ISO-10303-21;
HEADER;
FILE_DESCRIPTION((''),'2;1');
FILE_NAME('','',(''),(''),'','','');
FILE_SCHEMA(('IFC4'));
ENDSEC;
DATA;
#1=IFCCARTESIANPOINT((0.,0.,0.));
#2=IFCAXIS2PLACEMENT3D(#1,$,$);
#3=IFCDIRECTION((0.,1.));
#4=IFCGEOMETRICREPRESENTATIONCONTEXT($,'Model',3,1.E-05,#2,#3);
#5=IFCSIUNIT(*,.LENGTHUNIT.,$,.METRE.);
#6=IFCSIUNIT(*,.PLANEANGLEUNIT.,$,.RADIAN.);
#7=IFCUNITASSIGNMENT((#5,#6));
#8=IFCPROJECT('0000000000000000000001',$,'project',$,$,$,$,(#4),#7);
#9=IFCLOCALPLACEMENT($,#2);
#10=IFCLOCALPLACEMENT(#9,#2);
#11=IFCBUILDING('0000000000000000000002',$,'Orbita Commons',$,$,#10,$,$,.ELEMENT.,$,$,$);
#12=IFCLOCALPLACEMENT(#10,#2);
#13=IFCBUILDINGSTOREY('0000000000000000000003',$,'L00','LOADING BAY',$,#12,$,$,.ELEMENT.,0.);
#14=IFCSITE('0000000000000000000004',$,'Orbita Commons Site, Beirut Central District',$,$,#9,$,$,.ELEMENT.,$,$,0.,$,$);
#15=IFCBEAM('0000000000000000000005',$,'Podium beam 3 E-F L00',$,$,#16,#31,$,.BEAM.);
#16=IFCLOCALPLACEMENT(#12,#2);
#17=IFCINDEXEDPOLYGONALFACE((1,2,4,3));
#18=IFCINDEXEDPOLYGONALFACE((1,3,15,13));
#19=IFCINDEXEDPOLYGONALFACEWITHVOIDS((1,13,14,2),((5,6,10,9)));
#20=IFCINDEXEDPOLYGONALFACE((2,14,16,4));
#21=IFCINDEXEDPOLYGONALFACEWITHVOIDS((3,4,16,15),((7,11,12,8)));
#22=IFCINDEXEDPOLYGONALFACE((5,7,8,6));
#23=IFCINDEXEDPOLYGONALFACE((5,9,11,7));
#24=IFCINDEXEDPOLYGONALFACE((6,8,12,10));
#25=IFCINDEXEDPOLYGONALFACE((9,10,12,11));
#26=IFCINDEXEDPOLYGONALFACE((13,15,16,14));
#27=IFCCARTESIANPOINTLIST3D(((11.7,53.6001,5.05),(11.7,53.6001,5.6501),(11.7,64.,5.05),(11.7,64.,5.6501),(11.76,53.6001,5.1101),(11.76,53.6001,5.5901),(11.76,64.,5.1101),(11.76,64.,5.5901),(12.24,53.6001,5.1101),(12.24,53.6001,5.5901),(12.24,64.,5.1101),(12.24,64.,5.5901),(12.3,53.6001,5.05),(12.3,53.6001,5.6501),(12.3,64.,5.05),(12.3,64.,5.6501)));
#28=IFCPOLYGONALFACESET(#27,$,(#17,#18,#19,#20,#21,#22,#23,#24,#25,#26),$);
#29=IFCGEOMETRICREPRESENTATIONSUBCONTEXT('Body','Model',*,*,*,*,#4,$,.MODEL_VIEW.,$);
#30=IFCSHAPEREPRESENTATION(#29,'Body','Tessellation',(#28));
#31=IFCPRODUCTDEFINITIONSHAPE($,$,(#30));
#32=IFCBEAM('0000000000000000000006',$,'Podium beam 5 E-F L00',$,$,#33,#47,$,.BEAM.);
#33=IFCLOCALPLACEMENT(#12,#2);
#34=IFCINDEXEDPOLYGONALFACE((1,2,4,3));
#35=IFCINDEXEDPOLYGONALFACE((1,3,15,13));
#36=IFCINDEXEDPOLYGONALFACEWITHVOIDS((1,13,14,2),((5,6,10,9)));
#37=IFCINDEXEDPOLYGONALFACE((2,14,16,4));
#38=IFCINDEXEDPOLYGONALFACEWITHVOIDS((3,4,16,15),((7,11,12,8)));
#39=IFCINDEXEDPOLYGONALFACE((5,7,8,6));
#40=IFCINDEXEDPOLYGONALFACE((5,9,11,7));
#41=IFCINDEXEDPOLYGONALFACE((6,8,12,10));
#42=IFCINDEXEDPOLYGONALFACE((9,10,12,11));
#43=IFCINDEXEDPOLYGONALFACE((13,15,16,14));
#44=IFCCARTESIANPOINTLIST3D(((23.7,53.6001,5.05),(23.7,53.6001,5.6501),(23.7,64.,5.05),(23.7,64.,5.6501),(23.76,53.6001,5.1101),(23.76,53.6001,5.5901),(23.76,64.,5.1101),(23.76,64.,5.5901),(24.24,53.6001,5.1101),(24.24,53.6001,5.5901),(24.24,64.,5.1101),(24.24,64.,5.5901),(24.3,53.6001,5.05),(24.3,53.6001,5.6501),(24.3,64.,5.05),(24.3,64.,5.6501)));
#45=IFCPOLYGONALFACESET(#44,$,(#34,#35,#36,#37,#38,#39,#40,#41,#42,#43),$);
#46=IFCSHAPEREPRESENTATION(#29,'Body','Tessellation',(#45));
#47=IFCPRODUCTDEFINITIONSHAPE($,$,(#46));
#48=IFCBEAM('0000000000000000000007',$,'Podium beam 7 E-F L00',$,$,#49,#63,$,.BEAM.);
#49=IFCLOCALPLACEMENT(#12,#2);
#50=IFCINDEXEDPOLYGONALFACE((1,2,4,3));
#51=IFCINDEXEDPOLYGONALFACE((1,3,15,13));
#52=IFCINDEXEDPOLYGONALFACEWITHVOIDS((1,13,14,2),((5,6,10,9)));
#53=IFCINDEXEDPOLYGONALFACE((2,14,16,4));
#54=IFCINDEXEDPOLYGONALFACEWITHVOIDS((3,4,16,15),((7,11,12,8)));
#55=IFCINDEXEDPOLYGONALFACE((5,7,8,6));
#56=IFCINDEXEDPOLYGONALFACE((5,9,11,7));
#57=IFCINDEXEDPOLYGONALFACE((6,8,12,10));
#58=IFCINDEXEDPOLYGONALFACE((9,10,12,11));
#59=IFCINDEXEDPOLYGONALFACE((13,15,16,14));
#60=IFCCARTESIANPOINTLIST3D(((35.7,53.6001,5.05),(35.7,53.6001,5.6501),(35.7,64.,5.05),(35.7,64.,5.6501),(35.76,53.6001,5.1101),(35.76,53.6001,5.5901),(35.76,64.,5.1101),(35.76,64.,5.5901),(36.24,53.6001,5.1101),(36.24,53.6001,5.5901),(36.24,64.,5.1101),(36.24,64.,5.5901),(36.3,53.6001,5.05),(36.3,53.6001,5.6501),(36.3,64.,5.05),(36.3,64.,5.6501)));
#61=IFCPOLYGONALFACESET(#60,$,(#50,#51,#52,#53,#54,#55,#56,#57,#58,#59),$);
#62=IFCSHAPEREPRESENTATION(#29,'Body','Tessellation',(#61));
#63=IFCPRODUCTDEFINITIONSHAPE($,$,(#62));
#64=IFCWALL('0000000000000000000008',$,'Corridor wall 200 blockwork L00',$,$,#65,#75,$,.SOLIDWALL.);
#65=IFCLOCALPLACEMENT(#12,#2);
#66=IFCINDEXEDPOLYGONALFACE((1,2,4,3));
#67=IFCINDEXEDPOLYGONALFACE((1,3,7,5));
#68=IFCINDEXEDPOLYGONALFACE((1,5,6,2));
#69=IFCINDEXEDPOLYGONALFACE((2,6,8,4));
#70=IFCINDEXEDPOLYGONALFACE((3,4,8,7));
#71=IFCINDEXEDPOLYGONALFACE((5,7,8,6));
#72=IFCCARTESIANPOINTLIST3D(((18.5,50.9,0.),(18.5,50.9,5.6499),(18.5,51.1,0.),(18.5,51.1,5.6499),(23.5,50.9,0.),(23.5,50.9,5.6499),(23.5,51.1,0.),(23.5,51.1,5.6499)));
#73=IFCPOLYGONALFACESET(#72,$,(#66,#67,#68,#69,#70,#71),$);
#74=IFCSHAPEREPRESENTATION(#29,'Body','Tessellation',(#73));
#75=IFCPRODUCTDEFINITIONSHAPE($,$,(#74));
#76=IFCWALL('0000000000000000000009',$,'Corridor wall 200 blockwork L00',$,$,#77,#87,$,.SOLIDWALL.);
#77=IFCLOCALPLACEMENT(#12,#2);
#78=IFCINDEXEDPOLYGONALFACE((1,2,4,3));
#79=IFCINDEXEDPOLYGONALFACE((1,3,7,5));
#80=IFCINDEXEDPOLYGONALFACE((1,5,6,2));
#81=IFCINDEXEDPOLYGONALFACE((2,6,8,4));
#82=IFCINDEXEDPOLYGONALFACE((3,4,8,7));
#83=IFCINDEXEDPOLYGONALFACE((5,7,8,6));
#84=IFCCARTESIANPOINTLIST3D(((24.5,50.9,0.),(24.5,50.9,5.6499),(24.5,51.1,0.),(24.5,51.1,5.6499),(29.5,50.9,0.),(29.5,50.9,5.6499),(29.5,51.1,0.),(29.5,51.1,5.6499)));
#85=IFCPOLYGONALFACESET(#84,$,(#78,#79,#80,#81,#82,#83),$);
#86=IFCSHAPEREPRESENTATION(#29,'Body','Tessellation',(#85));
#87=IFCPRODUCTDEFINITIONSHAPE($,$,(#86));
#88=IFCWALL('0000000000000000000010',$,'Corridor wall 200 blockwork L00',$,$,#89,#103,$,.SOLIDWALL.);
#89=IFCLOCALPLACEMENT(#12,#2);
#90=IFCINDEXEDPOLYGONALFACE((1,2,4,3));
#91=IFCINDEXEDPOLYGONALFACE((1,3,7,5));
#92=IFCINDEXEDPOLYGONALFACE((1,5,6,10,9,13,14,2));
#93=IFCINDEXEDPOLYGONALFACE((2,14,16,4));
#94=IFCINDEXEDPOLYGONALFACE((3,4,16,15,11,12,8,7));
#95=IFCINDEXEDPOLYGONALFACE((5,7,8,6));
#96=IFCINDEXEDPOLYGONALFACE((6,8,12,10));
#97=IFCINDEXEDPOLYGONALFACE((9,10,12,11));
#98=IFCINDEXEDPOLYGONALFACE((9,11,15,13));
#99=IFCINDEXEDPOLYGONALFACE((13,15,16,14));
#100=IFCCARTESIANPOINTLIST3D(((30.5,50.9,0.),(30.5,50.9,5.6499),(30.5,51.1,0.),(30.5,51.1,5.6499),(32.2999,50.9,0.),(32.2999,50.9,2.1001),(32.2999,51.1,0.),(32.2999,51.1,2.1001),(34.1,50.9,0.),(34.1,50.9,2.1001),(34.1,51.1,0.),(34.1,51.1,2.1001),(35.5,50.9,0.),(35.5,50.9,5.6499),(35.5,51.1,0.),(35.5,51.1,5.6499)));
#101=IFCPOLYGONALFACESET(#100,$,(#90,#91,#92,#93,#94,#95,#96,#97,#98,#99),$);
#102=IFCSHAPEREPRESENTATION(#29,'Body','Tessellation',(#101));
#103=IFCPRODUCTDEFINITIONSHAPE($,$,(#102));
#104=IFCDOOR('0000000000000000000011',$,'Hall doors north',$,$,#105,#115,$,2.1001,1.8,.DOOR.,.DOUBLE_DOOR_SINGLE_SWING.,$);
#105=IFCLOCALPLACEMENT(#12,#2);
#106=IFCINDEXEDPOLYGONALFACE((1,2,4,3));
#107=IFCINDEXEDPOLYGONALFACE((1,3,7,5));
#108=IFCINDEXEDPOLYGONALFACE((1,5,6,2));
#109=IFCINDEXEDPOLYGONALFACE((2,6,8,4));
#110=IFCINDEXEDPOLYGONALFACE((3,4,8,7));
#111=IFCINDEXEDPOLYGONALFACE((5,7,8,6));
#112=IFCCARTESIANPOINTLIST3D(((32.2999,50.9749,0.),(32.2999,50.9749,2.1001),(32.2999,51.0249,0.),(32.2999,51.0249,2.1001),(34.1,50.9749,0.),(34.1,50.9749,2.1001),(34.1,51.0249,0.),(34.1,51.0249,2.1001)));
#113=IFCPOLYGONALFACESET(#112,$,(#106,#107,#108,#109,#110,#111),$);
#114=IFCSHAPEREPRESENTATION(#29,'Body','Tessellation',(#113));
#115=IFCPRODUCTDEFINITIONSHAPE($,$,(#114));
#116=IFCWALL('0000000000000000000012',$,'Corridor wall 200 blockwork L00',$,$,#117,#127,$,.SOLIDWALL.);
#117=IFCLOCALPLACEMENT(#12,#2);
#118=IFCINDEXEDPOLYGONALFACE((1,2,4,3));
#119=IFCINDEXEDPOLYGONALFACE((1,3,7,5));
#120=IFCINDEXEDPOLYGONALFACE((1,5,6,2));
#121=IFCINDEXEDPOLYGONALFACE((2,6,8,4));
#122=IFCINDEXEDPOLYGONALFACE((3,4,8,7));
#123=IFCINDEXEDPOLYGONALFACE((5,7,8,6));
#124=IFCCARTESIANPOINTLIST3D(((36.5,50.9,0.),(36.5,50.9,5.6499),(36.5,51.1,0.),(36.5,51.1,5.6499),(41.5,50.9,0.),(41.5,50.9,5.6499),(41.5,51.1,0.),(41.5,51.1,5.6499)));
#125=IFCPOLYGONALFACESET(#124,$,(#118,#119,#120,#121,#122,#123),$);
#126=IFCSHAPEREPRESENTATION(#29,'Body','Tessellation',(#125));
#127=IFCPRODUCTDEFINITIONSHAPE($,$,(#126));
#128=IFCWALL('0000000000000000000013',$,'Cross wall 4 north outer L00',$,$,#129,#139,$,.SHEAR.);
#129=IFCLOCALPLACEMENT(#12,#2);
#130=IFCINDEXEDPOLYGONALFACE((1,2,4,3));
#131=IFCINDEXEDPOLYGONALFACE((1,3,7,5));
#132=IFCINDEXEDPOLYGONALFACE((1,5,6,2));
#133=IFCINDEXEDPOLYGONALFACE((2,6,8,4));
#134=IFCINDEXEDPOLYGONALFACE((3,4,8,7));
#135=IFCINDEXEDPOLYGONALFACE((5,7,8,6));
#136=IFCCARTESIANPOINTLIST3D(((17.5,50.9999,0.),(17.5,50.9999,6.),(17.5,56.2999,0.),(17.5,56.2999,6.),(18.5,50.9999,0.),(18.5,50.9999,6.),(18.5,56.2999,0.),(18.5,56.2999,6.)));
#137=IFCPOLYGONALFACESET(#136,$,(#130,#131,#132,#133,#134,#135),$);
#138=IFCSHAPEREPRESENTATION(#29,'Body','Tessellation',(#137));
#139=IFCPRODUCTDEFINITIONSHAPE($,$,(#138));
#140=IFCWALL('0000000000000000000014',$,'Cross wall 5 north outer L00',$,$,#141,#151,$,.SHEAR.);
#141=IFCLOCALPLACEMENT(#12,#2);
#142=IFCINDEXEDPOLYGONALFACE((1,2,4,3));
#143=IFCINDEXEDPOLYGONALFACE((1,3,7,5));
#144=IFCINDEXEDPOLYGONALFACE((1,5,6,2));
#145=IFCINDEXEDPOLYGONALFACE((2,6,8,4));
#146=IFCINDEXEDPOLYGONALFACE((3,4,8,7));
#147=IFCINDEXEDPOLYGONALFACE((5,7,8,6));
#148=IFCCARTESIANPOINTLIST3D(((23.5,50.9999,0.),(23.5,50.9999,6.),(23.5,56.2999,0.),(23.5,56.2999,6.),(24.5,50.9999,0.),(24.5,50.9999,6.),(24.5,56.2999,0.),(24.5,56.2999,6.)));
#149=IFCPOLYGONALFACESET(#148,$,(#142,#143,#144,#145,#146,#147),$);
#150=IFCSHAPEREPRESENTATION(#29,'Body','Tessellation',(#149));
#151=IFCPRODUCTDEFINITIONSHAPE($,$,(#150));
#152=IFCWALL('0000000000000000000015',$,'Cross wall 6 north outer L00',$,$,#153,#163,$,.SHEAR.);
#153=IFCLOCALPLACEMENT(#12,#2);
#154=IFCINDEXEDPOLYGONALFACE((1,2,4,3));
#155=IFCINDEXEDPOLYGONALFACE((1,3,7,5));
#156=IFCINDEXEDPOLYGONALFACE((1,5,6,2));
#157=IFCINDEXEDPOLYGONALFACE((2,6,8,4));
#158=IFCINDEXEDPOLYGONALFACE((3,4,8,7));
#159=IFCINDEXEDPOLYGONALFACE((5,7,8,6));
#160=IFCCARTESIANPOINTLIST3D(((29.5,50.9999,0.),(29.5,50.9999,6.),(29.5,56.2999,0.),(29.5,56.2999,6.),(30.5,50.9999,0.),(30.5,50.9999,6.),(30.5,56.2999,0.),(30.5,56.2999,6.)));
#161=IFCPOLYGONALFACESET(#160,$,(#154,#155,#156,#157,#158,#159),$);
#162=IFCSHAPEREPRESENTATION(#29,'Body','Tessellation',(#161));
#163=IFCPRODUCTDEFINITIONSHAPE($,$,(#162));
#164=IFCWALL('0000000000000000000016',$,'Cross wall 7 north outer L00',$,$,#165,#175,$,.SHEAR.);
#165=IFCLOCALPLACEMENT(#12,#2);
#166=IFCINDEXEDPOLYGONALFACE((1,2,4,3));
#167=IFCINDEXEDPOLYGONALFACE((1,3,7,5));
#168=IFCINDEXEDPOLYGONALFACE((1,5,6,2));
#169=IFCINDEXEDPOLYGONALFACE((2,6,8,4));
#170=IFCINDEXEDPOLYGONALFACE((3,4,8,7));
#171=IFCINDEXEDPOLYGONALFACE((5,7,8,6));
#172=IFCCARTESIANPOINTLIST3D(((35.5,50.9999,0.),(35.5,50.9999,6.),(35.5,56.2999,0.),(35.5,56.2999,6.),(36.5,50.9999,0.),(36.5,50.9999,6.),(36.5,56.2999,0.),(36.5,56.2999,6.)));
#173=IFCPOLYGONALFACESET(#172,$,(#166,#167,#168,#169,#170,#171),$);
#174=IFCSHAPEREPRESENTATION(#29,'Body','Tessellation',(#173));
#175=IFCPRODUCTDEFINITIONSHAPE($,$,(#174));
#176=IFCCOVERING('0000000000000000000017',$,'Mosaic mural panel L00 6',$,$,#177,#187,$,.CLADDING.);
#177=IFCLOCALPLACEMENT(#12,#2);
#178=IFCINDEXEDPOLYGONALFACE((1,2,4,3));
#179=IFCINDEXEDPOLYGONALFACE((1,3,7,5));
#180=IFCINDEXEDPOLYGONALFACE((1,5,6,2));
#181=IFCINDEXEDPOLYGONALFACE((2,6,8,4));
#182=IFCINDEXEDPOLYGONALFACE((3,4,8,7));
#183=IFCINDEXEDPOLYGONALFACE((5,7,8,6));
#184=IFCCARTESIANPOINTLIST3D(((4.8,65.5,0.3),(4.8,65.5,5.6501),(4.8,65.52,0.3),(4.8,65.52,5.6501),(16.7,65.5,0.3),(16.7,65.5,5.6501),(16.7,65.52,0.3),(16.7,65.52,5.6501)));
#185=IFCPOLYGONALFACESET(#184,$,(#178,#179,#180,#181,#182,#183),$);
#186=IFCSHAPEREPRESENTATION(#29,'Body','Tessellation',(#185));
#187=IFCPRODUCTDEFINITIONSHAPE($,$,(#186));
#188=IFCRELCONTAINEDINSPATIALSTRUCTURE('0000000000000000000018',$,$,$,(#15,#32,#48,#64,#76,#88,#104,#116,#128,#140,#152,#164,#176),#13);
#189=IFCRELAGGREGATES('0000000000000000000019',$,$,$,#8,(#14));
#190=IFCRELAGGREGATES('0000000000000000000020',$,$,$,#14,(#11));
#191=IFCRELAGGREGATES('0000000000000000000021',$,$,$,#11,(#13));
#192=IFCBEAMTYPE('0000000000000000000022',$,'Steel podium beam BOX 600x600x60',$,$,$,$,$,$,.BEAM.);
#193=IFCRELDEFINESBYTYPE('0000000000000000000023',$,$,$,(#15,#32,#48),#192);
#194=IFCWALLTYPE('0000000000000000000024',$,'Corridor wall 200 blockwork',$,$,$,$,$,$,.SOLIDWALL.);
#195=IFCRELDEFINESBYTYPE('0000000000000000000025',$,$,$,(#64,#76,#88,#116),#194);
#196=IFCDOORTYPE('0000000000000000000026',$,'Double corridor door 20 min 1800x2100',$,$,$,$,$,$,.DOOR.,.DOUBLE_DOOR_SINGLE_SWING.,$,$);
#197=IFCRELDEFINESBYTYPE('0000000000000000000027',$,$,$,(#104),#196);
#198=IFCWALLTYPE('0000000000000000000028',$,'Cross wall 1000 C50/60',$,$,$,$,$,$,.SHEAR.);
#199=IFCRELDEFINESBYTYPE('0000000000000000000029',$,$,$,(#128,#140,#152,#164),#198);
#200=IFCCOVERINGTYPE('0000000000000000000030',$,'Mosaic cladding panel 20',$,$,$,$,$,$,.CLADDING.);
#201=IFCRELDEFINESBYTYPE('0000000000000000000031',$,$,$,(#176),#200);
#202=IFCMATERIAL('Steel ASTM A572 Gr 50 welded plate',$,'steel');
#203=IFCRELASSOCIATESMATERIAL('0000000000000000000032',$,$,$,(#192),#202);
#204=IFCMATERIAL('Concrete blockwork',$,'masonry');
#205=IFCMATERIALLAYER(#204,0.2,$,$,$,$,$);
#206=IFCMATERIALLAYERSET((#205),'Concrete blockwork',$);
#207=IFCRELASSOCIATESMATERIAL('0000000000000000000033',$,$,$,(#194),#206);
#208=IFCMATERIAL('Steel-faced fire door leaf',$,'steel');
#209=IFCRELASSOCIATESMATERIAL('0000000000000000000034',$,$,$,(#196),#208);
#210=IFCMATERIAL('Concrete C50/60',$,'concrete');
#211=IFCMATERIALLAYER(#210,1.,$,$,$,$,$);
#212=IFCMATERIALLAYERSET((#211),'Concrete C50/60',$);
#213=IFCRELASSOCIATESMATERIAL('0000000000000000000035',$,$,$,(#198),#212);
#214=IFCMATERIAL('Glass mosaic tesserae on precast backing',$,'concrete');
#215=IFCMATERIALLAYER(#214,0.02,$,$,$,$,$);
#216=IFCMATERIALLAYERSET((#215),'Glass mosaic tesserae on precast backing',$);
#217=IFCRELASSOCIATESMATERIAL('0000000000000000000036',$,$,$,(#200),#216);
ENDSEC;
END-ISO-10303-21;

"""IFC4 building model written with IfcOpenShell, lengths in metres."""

from ifc_helpers import new_model, si_unit, direction, frame, frame_2d, origin, origin_2d, place, context, subcontext, project, spatial, rectangle, hollow_rectangle, extrude, material, layer, layer_set, material_profile, profile_set, type_object, element, fill, save


model = new_model("IFC4")

# Units and contexts
model_context = context("Model", 3, precision=1e-05, world=origin(), true_north=direction((0.0, 1.0)))
body_context = subcontext(model_context, "Body", "Model", "MODEL_VIEW")
ifc_project = project(units=[si_unit("LENGTHUNIT", "METRE"), si_unit("PLANEANGLEUNIT", "RADIAN")], contexts=[model_context])

# Site, building, storey
site_placement = place(None, origin())
site = spatial("IfcSite", under=ifc_project, at=site_placement, Name="Orbita Commons Site, Beirut Central District", CompositionType="ELEMENT", RefElevation=0.0)
building_placement = place(site_placement, origin())
building = spatial("IfcBuilding", under=site, at=building_placement, Name="Orbita Commons", CompositionType="ELEMENT")
storey_placement = place(building_placement, origin())
storey = spatial("IfcBuildingStorey", under=building, at=storey_placement, Name="L00", Description="LOADING BAY", CompositionType="ELEMENT", Elevation=0.0)

# Beams
ifc_material_1 = material(Name="Steel ASTM A572 Gr 50 welded plate", Category="steel")
ifc_material_profile_1 = material_profile(ifc_material_1, hollow_rectangle(XDim=0.6001, YDim=0.6001, WallThickness=0.0601, at=origin_2d()), Name="BOX 600x600x60")
ifc_profile_set_1 = profile_set([ifc_material_profile_1], Name="Steel ASTM A572 Gr 50 welded plate")
beam_type_1 = type_object("IfcBeamType", Name="Steel podium beam BOX 600x600x60", PredefinedType="BEAM", material=ifc_profile_set_1)
for number, where, z_axis, x_axis, name in (
    (1, (12.0, 53.6001, 5.3501), (0.0, 1.0, 0.0), (-1.0, 0.0, 0.0), "Podium beam 3 E-F L00"),
    (2, (24.0, 53.6001, 5.3501), (0.0, 1.0, 0.0), (-1.0, 0.0, 0.0), "Podium beam 5 E-F L00"),
    (3, (36.0, 53.6001, 5.3501), (0.0, 1.0, 0.0), (-1.0, 0.0, 0.0), "Podium beam 7 E-F L00"),
):
    element("IfcBeam", number, at=place(storey_placement, frame(where, z_axis=z_axis, x_axis=x_axis)), inside=storey, type_object=beam_type_1, Name=name, PredefinedType="BEAM", context=body_context, shape_type="SweptSolid", body=[
        extrude(hollow_rectangle(XDim=0.6001, YDim=0.6001, WallThickness=0.0601, at=origin_2d()), origin(), (0.0, 0.0, 1.0), 10.3999),
    ])

# Walls
ifc_material_2 = material(Name="Concrete blockwork", Category="masonry")
ifc_layer_1 = layer(ifc_material_2, 0.2)
ifc_layer_set_1 = layer_set([ifc_layer_1], Name="Concrete blockwork")
wall_type_1 = type_object("IfcWallType", Name="Corridor wall 200 blockwork", PredefinedType="SOLIDWALL", material=ifc_layer_set_1)
for number, where, z_axis, x_axis, name in (
    (4, (18.5, 51.0, 0.0), (0.0, 0.0, 1.0), (1.0, 0.0, 0.0), "Corridor wall 200 blockwork L00"),
    (5, (24.5, 51.0, 0.0), (0.0, 0.0, 1.0), (1.0, 0.0, 0.0), "Corridor wall 200 blockwork L00"),
):
    element("IfcWall", number, at=place(storey_placement, frame(where, z_axis=z_axis, x_axis=x_axis)), inside=storey, type_object=wall_type_1, Name=name, PredefinedType="SOLIDWALL", context=body_context, shape_type="SweptSolid", body=[
        extrude(rectangle(XDim=5.0, YDim=0.2, at=frame_2d((2.5, 0.0))), origin(), (0.0, 0.0, 1.0), 5.6499),
    ])

# Wall, opening, door
wall_1_placement = place(storey_placement, frame((30.5, 51.0, 0.0), z_axis=(0.0, 0.0, 1.0), x_axis=(1.0, 0.0, 0.0)))
wall_1 = element("IfcWall", 6, at=wall_1_placement, inside=storey, type_object=wall_type_1, Name="Corridor wall 200 blockwork L00", PredefinedType="SOLIDWALL", context=body_context, shape_type="SweptSolid", body=[
    extrude(rectangle(XDim=5.0, YDim=0.2, at=frame_2d((2.5, 0.0))), origin(), (0.0, 0.0, 1.0), 5.6499),
])
opening_placement = place(wall_1_placement, frame((1.8, 0.0, 0.0)))
opening = element("IfcOpeningElement", 7, at=opening_placement, cuts=wall_1, PredefinedType="OPENING", context=body_context, shape_type="SweptSolid", body=[
    extrude(rectangle(XDim=1.8, YDim=2.1001, at=frame_2d((0.8999, 1.05))), frame((0.0, 0.1099, 0.0), z_axis=(0.0, -1.0, 0.0), x_axis=(1.0, 0.0, 0.0)), (0.0, 0.0, 1.0), 0.22),
])
ifc_material_3 = material(Name="Steel-faced fire door leaf", Category="steel")
door_type = type_object("IfcDoorType", Name="Double corridor door 20 min 1800x2100", OperationType="DOUBLE_DOOR_SINGLE_SWING", PredefinedType="DOOR", material=ifc_material_3)
door_placement = place(opening_placement, origin())
door = element("IfcDoor", 8, at=door_placement, inside=storey, type_object=door_type, Name="Hall doors north", OperationType="DOUBLE_DOOR_SINGLE_SWING", OverallHeight=2.1001, OverallWidth=1.8, PredefinedType="DOOR", context=body_context, shape_type="SweptSolid", body=[
    extrude(rectangle(XDim=1.8, YDim=2.1001, at=frame_2d((0.8999, 1.05))), frame((0.0, 0.0249, 0.0), z_axis=(0.0, -1.0, 0.0), x_axis=(1.0, 0.0, 0.0)), (0.0, 0.0, 1.0), 0.05),
])
fill(opening, door)

# Walls
wall_2_placement = place(storey_placement, frame((36.5, 51.0, 0.0), z_axis=(0.0, 0.0, 1.0), x_axis=(1.0, 0.0, 0.0)))
element("IfcWall", 9, at=wall_2_placement, inside=storey, type_object=wall_type_1, Name="Corridor wall 200 blockwork L00", PredefinedType="SOLIDWALL", context=body_context, shape_type="SweptSolid", body=[
    extrude(rectangle(XDim=5.0, YDim=0.2, at=frame_2d((2.5, 0.0))), origin(), (0.0, 0.0, 1.0), 5.6499),
])
ifc_material_4 = material(Name="Concrete C50/60", Category="concrete")
ifc_layer_2 = layer(ifc_material_4, 1.0)
ifc_layer_set_2 = layer_set([ifc_layer_2], Name="Concrete C50/60")
wall_type_2 = type_object("IfcWallType", Name="Cross wall 1000 C50/60", PredefinedType="SHEAR", material=ifc_layer_set_2)
for number, where, z_axis, x_axis, name in (
    (10, (18.0, 51.0, 0.0), (0.0, 0.0, 1.0), (0.0, 1.0, 0.0), "Cross wall 4 north outer L00"),
    (11, (24.0, 51.0, 0.0), (0.0, 0.0, 1.0), (0.0, 1.0, 0.0), "Cross wall 5 north outer L00"),
    (12, (30.0, 51.0, 0.0), (0.0, 0.0, 1.0), (0.0, 1.0, 0.0), "Cross wall 6 north outer L00"),
    (13, (36.0, 51.0, 0.0), (0.0, 0.0, 1.0), (0.0, 1.0, 0.0), "Cross wall 7 north outer L00"),
):
    element("IfcWall", number, at=place(storey_placement, frame(where, z_axis=z_axis, x_axis=x_axis)), inside=storey, type_object=wall_type_2, Name=name, PredefinedType="SHEAR", context=body_context, shape_type="SweptSolid", body=[
        extrude(rectangle(XDim=5.3, YDim=1.0, at=frame_2d((2.6499, 0.0))), origin(), (0.0, 0.0, 1.0), 6.0),
    ])

# Covering
ifc_material_5 = material(Name="Glass mosaic tesserae on precast backing", Category="concrete")
ifc_layer_3 = layer(ifc_material_5, 0.02)
ifc_layer_set_3 = layer_set([ifc_layer_3], Name="Glass mosaic tesserae on precast backing")
covering_type = type_object("IfcCoveringType", Name="Mosaic cladding panel 20", PredefinedType="CLADDING", material=ifc_layer_set_3)
covering_placement = place(storey_placement, frame((10.75, 65.51, 0.3), z_axis=(0.0, 0.0, 1.0), x_axis=(1.0, 0.0, 0.0)))
element("IfcCovering", 14, at=covering_placement, inside=storey, type_object=covering_type, Name="Mosaic mural panel L00 6", PredefinedType="CLADDING", context=body_context, shape_type="SweptSolid", body=[
    extrude(rectangle(XDim=11.8999, YDim=0.02, at=origin_2d()), origin(), (0.0, 0.0, 1.0), 5.3501),
])

save(model, "model.ifc")
